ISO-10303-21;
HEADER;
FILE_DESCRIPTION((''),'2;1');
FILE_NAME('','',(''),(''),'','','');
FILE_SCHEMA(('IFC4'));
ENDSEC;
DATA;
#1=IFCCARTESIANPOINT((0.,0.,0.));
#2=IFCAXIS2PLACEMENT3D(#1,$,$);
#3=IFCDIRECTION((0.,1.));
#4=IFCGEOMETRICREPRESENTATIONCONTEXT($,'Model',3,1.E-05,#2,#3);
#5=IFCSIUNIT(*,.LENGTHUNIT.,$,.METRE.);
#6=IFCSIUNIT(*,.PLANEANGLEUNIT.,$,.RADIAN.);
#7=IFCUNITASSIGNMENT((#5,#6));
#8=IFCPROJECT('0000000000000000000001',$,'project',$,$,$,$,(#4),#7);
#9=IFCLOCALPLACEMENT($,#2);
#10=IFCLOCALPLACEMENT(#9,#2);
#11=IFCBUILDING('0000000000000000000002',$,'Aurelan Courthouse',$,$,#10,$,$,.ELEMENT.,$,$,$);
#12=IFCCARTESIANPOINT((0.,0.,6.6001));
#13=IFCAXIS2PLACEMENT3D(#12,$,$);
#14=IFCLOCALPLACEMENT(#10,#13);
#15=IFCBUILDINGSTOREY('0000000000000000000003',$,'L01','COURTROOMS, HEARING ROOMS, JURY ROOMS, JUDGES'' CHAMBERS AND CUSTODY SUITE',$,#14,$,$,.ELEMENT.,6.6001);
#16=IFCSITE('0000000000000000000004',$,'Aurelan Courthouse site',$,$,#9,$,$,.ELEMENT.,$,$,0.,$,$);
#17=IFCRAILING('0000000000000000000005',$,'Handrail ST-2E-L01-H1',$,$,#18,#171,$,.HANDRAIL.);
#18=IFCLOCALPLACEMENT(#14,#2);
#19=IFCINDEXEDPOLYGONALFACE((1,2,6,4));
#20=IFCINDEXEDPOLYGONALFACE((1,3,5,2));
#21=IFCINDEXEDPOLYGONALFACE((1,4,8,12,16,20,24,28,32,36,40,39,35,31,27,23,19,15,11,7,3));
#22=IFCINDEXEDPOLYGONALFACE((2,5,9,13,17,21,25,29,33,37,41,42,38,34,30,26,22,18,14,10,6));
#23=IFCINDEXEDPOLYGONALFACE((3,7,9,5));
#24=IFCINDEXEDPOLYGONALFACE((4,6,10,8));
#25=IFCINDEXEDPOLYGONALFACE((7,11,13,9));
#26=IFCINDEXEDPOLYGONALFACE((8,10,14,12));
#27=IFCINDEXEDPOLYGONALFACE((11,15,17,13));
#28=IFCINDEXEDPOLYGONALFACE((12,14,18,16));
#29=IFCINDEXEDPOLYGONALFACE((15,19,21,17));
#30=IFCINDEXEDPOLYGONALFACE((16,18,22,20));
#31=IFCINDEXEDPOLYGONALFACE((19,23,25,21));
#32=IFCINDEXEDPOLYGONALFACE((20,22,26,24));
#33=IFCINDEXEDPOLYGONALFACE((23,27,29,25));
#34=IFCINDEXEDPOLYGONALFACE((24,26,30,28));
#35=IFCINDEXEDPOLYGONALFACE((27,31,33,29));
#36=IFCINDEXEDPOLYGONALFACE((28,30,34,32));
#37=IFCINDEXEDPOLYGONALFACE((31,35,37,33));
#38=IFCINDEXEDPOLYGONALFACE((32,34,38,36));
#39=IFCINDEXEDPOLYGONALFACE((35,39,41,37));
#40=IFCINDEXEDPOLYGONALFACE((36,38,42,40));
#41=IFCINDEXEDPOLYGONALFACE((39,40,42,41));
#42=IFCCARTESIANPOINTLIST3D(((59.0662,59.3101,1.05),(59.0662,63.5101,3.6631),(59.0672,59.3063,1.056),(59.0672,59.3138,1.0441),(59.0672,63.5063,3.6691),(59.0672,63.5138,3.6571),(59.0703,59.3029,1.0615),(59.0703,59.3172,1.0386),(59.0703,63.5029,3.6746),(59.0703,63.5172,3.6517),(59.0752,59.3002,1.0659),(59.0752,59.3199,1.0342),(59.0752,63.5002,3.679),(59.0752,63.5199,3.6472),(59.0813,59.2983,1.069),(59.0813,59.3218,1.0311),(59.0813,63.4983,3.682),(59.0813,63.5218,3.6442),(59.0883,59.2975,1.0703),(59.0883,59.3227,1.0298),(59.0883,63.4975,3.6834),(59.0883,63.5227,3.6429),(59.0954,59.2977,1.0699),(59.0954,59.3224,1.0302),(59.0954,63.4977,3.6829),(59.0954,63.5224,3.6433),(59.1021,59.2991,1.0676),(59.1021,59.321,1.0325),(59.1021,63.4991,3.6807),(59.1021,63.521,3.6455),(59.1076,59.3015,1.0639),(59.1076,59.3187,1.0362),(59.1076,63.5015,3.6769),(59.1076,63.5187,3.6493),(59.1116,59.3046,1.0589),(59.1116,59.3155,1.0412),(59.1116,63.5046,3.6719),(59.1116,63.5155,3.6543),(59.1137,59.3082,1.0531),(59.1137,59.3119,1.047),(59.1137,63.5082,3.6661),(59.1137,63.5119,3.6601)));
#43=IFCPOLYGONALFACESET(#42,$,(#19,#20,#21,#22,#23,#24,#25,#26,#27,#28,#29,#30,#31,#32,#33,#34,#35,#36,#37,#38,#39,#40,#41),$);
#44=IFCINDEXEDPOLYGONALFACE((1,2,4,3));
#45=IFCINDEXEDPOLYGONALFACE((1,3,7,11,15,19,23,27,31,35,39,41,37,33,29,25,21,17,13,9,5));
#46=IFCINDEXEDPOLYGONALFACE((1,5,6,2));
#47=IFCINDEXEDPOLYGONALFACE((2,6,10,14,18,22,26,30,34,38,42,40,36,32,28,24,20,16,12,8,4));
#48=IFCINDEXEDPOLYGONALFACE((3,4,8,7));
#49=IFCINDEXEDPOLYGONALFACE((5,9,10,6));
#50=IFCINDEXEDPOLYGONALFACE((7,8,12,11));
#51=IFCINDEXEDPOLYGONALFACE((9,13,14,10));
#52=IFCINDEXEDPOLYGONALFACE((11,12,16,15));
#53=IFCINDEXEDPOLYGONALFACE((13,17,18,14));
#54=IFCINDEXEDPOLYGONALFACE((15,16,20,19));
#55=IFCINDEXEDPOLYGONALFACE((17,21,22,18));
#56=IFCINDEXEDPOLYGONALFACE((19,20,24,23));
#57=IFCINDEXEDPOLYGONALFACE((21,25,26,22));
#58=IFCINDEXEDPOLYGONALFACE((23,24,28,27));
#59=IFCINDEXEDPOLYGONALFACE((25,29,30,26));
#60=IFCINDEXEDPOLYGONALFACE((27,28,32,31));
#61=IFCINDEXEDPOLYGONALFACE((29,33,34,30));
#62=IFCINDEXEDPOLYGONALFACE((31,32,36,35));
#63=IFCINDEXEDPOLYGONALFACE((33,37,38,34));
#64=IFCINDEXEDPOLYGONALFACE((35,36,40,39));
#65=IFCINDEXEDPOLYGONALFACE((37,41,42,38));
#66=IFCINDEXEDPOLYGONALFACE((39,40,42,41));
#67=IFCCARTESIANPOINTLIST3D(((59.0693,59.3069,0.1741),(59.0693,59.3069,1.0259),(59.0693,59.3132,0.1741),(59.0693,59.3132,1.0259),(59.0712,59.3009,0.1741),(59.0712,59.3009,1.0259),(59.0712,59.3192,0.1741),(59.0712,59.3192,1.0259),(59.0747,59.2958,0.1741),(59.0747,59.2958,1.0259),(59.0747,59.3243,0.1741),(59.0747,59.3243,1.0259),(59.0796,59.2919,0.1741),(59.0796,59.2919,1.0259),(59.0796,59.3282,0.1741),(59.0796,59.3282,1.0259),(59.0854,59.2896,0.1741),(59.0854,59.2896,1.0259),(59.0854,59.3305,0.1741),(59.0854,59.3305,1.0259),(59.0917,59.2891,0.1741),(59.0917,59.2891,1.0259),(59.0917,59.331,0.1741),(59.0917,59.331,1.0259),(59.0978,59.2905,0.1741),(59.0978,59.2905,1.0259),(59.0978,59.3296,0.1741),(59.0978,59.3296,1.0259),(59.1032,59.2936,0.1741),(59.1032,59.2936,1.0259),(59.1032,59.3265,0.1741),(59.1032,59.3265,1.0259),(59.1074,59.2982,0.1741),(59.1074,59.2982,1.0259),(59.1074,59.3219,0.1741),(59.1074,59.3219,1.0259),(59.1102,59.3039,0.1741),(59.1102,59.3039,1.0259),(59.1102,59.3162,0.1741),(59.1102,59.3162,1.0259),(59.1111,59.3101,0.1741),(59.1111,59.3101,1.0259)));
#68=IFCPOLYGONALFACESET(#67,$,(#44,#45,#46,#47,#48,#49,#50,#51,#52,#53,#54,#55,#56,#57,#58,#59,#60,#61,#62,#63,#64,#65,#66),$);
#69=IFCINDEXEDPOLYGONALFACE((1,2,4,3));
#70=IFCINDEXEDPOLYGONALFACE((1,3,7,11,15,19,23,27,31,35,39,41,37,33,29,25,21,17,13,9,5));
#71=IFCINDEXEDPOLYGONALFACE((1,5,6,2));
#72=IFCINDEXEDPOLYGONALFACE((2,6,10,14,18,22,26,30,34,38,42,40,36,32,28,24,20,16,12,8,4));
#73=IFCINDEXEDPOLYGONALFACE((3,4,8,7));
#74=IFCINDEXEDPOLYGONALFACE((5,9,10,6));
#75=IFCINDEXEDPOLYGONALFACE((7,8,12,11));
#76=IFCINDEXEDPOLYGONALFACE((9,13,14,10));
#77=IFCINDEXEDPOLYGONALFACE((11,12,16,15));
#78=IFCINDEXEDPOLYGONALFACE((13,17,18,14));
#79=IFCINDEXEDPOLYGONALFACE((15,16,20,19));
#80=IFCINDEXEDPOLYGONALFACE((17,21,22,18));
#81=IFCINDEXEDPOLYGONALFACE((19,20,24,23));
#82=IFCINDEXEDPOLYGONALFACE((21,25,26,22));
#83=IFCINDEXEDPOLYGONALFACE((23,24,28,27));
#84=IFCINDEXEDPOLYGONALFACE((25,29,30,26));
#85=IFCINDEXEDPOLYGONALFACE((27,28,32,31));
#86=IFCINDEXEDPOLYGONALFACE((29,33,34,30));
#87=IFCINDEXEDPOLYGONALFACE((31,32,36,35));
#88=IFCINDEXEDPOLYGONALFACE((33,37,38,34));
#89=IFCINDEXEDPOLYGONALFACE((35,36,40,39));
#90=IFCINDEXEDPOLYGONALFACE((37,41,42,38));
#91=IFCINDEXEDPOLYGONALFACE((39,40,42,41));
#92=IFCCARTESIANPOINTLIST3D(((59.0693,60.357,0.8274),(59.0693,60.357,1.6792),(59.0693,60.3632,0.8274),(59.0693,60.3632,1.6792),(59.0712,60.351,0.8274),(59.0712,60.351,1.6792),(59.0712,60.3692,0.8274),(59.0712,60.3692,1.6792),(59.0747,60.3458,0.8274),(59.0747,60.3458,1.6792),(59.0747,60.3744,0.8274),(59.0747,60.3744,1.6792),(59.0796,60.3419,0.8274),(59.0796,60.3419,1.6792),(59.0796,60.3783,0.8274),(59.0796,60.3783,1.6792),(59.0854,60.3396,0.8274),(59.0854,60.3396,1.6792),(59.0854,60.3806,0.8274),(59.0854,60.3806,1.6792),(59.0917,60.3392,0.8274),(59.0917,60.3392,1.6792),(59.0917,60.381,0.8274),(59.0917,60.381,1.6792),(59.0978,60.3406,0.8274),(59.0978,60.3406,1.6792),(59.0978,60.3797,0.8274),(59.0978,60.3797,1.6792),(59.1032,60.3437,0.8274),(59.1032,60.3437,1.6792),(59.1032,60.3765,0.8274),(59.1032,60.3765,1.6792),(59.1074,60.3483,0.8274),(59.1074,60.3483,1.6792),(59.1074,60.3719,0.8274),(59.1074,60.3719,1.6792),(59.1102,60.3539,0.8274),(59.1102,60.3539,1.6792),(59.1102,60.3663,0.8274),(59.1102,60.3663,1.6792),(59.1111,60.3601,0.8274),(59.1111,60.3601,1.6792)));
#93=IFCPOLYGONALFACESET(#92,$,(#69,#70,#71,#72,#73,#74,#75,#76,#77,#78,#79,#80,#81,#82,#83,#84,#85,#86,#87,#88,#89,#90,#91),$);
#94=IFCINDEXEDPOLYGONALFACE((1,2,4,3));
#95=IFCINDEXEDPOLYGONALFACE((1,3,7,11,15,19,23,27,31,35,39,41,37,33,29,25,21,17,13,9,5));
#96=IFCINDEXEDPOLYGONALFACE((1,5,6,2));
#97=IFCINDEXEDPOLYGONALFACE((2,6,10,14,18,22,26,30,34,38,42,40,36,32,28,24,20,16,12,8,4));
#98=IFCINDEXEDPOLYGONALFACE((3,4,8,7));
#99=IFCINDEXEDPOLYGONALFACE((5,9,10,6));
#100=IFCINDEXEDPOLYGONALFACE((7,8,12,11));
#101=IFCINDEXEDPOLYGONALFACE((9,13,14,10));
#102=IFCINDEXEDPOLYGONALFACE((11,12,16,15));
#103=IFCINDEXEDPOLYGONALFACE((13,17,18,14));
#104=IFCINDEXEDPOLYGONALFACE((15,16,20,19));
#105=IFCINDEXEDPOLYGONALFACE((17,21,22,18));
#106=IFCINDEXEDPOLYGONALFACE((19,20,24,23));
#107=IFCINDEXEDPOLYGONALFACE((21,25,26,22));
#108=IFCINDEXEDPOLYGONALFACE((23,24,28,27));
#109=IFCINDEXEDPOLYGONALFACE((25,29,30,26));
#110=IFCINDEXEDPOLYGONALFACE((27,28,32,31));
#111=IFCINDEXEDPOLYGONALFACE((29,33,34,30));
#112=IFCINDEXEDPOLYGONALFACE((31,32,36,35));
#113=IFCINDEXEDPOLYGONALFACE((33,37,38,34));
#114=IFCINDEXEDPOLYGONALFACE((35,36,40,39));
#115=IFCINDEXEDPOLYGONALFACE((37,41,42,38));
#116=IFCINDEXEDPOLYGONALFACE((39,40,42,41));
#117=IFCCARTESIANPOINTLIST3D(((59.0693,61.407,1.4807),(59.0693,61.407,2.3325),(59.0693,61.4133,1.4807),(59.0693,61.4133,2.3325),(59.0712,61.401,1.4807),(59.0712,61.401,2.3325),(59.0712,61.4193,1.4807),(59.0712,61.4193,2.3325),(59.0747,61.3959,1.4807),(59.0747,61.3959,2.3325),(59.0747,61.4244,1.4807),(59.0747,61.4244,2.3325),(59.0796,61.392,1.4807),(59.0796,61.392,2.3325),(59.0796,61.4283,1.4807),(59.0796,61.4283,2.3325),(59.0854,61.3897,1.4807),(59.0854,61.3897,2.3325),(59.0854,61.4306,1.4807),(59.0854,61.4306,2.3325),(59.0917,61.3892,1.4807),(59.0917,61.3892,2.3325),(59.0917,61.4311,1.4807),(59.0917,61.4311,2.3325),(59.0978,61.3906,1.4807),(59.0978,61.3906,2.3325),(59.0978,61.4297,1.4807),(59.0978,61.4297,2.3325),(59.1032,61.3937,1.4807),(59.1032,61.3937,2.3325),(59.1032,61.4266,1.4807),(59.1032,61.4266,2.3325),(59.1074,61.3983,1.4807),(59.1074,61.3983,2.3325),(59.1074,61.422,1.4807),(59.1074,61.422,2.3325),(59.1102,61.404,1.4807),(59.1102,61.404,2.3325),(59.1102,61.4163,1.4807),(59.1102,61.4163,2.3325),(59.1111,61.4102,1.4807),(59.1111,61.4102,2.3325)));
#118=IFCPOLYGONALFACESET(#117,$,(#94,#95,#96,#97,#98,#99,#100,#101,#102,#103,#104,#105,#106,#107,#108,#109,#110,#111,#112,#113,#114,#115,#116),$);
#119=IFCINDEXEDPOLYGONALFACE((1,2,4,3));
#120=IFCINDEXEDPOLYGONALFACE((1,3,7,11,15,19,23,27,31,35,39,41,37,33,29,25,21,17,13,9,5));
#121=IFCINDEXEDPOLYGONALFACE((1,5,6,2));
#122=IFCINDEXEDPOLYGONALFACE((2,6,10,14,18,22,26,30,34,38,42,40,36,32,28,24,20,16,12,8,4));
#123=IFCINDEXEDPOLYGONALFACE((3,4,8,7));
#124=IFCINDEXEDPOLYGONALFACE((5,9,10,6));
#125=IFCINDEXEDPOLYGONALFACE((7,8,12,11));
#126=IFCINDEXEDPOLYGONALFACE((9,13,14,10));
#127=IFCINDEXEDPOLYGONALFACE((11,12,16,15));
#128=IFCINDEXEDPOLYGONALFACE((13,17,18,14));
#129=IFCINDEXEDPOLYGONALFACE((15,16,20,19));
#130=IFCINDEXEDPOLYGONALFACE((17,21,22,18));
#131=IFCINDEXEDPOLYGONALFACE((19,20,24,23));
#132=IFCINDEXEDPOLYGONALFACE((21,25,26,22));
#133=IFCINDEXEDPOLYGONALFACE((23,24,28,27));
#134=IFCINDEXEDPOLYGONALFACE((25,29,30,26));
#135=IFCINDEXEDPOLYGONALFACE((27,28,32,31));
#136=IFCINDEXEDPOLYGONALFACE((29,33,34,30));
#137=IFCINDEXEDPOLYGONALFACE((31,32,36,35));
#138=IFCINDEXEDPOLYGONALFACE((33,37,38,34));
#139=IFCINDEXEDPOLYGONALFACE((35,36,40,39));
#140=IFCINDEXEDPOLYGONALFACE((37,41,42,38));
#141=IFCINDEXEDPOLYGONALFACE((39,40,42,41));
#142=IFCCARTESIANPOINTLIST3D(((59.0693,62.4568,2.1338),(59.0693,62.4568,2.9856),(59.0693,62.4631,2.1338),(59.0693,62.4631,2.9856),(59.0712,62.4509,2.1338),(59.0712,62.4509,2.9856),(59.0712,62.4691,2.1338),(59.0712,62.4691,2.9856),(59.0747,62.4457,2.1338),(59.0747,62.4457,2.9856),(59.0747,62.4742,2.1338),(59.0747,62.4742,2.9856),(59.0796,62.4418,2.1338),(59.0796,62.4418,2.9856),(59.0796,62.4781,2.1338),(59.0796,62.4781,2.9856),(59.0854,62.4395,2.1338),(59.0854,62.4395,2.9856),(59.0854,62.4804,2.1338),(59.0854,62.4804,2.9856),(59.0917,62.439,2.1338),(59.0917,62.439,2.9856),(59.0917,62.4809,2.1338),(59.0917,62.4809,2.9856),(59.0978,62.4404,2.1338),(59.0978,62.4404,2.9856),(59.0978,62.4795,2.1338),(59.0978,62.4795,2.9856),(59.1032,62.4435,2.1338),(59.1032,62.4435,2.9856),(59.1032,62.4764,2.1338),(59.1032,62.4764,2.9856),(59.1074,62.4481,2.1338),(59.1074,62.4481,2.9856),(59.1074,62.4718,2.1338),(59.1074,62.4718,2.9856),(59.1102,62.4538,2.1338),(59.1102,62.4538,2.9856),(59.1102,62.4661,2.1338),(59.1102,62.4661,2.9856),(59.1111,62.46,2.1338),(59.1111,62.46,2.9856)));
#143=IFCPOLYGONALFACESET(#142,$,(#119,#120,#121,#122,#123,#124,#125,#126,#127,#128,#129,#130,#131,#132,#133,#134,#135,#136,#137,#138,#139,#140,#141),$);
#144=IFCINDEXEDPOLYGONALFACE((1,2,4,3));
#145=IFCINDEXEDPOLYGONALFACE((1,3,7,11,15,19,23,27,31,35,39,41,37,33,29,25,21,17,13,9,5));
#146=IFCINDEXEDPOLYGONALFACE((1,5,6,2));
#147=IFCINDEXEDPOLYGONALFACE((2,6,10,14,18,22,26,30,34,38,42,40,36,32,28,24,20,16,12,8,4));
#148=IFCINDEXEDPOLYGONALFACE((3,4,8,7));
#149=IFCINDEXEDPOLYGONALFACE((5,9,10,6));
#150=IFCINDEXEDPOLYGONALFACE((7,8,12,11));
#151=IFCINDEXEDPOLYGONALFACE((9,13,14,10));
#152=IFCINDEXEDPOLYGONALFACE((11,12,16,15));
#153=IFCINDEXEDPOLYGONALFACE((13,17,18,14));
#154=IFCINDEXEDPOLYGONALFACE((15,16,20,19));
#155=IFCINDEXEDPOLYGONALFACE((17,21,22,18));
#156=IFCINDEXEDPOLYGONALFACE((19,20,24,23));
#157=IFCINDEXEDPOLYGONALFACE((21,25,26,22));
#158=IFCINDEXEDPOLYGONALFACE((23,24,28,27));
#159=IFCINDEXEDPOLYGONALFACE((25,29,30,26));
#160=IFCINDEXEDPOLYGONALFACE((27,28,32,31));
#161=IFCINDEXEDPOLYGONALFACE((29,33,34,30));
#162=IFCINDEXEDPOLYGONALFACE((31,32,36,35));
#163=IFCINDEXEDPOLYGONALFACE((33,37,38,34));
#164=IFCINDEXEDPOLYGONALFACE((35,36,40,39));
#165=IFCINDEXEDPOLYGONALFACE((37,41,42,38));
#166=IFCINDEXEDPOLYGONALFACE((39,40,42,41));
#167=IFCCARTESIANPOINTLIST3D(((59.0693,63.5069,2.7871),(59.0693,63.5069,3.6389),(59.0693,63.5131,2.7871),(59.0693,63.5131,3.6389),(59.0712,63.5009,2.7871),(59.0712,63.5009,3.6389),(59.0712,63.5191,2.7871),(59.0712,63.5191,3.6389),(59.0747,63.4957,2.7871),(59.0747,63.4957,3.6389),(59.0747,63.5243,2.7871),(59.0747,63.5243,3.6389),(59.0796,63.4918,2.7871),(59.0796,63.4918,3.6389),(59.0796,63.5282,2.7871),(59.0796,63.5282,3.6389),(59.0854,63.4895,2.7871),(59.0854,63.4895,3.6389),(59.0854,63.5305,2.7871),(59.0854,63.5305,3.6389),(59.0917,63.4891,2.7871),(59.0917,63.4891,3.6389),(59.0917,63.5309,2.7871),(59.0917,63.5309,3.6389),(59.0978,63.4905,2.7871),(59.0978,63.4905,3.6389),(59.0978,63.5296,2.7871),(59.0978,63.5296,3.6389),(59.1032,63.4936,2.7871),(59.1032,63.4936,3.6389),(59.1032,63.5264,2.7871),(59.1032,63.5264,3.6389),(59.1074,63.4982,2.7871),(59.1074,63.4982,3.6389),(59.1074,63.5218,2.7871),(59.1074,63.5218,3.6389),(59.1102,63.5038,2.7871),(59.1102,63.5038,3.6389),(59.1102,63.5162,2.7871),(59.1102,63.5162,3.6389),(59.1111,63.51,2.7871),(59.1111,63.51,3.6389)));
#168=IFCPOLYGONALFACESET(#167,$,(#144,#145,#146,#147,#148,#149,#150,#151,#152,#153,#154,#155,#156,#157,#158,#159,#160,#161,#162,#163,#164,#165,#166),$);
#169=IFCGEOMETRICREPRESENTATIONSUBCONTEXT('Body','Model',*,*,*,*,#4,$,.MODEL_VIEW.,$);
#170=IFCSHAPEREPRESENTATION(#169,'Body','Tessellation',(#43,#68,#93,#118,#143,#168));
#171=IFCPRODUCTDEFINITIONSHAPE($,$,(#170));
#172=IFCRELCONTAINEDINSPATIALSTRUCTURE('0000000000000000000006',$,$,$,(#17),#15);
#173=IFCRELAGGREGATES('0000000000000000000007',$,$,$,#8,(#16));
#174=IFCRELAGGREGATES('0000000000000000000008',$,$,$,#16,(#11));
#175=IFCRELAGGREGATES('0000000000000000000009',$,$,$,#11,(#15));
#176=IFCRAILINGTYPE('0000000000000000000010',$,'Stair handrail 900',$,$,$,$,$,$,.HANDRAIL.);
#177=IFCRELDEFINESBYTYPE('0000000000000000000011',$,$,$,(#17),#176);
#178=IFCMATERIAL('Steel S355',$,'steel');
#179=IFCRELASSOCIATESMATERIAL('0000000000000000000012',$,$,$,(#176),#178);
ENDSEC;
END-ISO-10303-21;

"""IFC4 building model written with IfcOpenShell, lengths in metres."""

from ifc_helpers import new_model, si_unit, direction, frame, origin, origin_2d, place, context, subcontext, project, spatial, circle, extrude, material, type_object, element, save


model = new_model("IFC4")

# Units and contexts
model_context = context("Model", 3, precision=1e-05, world=origin(), true_north=direction((0.0, 1.0)))
body_context = subcontext(model_context, "Body", "Model", "MODEL_VIEW")
ifc_project = project(units=[si_unit("LENGTHUNIT", "METRE"), si_unit("PLANEANGLEUNIT", "RADIAN")], contexts=[model_context])

# Site, building, storey
site_placement = place(None, origin())
site = spatial("IfcSite", under=ifc_project, at=site_placement, Name="Aurelan Courthouse site", CompositionType="ELEMENT", RefElevation=0.0)
building_placement = place(site_placement, origin())
building = spatial("IfcBuilding", under=site, at=building_placement, Name="Aurelan Courthouse", CompositionType="ELEMENT")
storey_placement = place(building_placement, frame((0.0, 0.0, 6.6001)))
storey = spatial("IfcBuildingStorey", under=building, at=storey_placement, Name="L01", Description="COURTROOMS, HEARING ROOMS, JURY ROOMS, JUDGES' CHAMBERS AND CUSTODY SUITE", CompositionType="ELEMENT", Elevation=6.6001)

# Railing
ifc_material_1 = material(Name="Steel S355", Category="steel")
railing_type_1 = type_object("IfcRailingType", Name="Stair handrail 900", PredefinedType="HANDRAIL", material=ifc_material_1)
for number, where, name in (
    (1, (59.0901, 59.3101, 0.1741), "Handrail ST-2E-L01-H1"),
):
    element("IfcRailing", number, at=place(storey_placement, frame(where)), inside=storey, type_object=railing_type_1, Name=name, PredefinedType="HANDRAIL", context=body_context, shape_type="SweptSolid", body=[
        extrude(circle(Radius=0.0239, at=origin_2d()), frame((0.0, 0.0, 0.876), z_axis=(0.0, 0.849081, 0.528263), x_axis=(-1.0, 0.0, 0.0)), (0.0, 0.0, 1.0), 4.9465),
        extrude(circle(Radius=0.021, at=origin_2d()), origin(), (0.0, 0.0, 1.0), 0.8518),
        extrude(circle(Radius=0.021, at=origin_2d()), frame((0.0, 1.05, 0.6533)), (0.0, 0.0, 1.0), 0.8518),
        extrude(circle(Radius=0.021, at=origin_2d()), frame((0.0, 2.1001, 1.3066)), (0.0, 0.0, 1.0), 0.8518),
        extrude(circle(Radius=0.021, at=origin_2d()), frame((0.0, 3.1499, 1.9597)), (0.0, 0.0, 1.0), 0.8518),
        extrude(circle(Radius=0.021, at=origin_2d()), frame((0.0, 4.2, 2.613)), (0.0, 0.0, 1.0), 0.8518),
    ])

save(model, "model.ifc")
